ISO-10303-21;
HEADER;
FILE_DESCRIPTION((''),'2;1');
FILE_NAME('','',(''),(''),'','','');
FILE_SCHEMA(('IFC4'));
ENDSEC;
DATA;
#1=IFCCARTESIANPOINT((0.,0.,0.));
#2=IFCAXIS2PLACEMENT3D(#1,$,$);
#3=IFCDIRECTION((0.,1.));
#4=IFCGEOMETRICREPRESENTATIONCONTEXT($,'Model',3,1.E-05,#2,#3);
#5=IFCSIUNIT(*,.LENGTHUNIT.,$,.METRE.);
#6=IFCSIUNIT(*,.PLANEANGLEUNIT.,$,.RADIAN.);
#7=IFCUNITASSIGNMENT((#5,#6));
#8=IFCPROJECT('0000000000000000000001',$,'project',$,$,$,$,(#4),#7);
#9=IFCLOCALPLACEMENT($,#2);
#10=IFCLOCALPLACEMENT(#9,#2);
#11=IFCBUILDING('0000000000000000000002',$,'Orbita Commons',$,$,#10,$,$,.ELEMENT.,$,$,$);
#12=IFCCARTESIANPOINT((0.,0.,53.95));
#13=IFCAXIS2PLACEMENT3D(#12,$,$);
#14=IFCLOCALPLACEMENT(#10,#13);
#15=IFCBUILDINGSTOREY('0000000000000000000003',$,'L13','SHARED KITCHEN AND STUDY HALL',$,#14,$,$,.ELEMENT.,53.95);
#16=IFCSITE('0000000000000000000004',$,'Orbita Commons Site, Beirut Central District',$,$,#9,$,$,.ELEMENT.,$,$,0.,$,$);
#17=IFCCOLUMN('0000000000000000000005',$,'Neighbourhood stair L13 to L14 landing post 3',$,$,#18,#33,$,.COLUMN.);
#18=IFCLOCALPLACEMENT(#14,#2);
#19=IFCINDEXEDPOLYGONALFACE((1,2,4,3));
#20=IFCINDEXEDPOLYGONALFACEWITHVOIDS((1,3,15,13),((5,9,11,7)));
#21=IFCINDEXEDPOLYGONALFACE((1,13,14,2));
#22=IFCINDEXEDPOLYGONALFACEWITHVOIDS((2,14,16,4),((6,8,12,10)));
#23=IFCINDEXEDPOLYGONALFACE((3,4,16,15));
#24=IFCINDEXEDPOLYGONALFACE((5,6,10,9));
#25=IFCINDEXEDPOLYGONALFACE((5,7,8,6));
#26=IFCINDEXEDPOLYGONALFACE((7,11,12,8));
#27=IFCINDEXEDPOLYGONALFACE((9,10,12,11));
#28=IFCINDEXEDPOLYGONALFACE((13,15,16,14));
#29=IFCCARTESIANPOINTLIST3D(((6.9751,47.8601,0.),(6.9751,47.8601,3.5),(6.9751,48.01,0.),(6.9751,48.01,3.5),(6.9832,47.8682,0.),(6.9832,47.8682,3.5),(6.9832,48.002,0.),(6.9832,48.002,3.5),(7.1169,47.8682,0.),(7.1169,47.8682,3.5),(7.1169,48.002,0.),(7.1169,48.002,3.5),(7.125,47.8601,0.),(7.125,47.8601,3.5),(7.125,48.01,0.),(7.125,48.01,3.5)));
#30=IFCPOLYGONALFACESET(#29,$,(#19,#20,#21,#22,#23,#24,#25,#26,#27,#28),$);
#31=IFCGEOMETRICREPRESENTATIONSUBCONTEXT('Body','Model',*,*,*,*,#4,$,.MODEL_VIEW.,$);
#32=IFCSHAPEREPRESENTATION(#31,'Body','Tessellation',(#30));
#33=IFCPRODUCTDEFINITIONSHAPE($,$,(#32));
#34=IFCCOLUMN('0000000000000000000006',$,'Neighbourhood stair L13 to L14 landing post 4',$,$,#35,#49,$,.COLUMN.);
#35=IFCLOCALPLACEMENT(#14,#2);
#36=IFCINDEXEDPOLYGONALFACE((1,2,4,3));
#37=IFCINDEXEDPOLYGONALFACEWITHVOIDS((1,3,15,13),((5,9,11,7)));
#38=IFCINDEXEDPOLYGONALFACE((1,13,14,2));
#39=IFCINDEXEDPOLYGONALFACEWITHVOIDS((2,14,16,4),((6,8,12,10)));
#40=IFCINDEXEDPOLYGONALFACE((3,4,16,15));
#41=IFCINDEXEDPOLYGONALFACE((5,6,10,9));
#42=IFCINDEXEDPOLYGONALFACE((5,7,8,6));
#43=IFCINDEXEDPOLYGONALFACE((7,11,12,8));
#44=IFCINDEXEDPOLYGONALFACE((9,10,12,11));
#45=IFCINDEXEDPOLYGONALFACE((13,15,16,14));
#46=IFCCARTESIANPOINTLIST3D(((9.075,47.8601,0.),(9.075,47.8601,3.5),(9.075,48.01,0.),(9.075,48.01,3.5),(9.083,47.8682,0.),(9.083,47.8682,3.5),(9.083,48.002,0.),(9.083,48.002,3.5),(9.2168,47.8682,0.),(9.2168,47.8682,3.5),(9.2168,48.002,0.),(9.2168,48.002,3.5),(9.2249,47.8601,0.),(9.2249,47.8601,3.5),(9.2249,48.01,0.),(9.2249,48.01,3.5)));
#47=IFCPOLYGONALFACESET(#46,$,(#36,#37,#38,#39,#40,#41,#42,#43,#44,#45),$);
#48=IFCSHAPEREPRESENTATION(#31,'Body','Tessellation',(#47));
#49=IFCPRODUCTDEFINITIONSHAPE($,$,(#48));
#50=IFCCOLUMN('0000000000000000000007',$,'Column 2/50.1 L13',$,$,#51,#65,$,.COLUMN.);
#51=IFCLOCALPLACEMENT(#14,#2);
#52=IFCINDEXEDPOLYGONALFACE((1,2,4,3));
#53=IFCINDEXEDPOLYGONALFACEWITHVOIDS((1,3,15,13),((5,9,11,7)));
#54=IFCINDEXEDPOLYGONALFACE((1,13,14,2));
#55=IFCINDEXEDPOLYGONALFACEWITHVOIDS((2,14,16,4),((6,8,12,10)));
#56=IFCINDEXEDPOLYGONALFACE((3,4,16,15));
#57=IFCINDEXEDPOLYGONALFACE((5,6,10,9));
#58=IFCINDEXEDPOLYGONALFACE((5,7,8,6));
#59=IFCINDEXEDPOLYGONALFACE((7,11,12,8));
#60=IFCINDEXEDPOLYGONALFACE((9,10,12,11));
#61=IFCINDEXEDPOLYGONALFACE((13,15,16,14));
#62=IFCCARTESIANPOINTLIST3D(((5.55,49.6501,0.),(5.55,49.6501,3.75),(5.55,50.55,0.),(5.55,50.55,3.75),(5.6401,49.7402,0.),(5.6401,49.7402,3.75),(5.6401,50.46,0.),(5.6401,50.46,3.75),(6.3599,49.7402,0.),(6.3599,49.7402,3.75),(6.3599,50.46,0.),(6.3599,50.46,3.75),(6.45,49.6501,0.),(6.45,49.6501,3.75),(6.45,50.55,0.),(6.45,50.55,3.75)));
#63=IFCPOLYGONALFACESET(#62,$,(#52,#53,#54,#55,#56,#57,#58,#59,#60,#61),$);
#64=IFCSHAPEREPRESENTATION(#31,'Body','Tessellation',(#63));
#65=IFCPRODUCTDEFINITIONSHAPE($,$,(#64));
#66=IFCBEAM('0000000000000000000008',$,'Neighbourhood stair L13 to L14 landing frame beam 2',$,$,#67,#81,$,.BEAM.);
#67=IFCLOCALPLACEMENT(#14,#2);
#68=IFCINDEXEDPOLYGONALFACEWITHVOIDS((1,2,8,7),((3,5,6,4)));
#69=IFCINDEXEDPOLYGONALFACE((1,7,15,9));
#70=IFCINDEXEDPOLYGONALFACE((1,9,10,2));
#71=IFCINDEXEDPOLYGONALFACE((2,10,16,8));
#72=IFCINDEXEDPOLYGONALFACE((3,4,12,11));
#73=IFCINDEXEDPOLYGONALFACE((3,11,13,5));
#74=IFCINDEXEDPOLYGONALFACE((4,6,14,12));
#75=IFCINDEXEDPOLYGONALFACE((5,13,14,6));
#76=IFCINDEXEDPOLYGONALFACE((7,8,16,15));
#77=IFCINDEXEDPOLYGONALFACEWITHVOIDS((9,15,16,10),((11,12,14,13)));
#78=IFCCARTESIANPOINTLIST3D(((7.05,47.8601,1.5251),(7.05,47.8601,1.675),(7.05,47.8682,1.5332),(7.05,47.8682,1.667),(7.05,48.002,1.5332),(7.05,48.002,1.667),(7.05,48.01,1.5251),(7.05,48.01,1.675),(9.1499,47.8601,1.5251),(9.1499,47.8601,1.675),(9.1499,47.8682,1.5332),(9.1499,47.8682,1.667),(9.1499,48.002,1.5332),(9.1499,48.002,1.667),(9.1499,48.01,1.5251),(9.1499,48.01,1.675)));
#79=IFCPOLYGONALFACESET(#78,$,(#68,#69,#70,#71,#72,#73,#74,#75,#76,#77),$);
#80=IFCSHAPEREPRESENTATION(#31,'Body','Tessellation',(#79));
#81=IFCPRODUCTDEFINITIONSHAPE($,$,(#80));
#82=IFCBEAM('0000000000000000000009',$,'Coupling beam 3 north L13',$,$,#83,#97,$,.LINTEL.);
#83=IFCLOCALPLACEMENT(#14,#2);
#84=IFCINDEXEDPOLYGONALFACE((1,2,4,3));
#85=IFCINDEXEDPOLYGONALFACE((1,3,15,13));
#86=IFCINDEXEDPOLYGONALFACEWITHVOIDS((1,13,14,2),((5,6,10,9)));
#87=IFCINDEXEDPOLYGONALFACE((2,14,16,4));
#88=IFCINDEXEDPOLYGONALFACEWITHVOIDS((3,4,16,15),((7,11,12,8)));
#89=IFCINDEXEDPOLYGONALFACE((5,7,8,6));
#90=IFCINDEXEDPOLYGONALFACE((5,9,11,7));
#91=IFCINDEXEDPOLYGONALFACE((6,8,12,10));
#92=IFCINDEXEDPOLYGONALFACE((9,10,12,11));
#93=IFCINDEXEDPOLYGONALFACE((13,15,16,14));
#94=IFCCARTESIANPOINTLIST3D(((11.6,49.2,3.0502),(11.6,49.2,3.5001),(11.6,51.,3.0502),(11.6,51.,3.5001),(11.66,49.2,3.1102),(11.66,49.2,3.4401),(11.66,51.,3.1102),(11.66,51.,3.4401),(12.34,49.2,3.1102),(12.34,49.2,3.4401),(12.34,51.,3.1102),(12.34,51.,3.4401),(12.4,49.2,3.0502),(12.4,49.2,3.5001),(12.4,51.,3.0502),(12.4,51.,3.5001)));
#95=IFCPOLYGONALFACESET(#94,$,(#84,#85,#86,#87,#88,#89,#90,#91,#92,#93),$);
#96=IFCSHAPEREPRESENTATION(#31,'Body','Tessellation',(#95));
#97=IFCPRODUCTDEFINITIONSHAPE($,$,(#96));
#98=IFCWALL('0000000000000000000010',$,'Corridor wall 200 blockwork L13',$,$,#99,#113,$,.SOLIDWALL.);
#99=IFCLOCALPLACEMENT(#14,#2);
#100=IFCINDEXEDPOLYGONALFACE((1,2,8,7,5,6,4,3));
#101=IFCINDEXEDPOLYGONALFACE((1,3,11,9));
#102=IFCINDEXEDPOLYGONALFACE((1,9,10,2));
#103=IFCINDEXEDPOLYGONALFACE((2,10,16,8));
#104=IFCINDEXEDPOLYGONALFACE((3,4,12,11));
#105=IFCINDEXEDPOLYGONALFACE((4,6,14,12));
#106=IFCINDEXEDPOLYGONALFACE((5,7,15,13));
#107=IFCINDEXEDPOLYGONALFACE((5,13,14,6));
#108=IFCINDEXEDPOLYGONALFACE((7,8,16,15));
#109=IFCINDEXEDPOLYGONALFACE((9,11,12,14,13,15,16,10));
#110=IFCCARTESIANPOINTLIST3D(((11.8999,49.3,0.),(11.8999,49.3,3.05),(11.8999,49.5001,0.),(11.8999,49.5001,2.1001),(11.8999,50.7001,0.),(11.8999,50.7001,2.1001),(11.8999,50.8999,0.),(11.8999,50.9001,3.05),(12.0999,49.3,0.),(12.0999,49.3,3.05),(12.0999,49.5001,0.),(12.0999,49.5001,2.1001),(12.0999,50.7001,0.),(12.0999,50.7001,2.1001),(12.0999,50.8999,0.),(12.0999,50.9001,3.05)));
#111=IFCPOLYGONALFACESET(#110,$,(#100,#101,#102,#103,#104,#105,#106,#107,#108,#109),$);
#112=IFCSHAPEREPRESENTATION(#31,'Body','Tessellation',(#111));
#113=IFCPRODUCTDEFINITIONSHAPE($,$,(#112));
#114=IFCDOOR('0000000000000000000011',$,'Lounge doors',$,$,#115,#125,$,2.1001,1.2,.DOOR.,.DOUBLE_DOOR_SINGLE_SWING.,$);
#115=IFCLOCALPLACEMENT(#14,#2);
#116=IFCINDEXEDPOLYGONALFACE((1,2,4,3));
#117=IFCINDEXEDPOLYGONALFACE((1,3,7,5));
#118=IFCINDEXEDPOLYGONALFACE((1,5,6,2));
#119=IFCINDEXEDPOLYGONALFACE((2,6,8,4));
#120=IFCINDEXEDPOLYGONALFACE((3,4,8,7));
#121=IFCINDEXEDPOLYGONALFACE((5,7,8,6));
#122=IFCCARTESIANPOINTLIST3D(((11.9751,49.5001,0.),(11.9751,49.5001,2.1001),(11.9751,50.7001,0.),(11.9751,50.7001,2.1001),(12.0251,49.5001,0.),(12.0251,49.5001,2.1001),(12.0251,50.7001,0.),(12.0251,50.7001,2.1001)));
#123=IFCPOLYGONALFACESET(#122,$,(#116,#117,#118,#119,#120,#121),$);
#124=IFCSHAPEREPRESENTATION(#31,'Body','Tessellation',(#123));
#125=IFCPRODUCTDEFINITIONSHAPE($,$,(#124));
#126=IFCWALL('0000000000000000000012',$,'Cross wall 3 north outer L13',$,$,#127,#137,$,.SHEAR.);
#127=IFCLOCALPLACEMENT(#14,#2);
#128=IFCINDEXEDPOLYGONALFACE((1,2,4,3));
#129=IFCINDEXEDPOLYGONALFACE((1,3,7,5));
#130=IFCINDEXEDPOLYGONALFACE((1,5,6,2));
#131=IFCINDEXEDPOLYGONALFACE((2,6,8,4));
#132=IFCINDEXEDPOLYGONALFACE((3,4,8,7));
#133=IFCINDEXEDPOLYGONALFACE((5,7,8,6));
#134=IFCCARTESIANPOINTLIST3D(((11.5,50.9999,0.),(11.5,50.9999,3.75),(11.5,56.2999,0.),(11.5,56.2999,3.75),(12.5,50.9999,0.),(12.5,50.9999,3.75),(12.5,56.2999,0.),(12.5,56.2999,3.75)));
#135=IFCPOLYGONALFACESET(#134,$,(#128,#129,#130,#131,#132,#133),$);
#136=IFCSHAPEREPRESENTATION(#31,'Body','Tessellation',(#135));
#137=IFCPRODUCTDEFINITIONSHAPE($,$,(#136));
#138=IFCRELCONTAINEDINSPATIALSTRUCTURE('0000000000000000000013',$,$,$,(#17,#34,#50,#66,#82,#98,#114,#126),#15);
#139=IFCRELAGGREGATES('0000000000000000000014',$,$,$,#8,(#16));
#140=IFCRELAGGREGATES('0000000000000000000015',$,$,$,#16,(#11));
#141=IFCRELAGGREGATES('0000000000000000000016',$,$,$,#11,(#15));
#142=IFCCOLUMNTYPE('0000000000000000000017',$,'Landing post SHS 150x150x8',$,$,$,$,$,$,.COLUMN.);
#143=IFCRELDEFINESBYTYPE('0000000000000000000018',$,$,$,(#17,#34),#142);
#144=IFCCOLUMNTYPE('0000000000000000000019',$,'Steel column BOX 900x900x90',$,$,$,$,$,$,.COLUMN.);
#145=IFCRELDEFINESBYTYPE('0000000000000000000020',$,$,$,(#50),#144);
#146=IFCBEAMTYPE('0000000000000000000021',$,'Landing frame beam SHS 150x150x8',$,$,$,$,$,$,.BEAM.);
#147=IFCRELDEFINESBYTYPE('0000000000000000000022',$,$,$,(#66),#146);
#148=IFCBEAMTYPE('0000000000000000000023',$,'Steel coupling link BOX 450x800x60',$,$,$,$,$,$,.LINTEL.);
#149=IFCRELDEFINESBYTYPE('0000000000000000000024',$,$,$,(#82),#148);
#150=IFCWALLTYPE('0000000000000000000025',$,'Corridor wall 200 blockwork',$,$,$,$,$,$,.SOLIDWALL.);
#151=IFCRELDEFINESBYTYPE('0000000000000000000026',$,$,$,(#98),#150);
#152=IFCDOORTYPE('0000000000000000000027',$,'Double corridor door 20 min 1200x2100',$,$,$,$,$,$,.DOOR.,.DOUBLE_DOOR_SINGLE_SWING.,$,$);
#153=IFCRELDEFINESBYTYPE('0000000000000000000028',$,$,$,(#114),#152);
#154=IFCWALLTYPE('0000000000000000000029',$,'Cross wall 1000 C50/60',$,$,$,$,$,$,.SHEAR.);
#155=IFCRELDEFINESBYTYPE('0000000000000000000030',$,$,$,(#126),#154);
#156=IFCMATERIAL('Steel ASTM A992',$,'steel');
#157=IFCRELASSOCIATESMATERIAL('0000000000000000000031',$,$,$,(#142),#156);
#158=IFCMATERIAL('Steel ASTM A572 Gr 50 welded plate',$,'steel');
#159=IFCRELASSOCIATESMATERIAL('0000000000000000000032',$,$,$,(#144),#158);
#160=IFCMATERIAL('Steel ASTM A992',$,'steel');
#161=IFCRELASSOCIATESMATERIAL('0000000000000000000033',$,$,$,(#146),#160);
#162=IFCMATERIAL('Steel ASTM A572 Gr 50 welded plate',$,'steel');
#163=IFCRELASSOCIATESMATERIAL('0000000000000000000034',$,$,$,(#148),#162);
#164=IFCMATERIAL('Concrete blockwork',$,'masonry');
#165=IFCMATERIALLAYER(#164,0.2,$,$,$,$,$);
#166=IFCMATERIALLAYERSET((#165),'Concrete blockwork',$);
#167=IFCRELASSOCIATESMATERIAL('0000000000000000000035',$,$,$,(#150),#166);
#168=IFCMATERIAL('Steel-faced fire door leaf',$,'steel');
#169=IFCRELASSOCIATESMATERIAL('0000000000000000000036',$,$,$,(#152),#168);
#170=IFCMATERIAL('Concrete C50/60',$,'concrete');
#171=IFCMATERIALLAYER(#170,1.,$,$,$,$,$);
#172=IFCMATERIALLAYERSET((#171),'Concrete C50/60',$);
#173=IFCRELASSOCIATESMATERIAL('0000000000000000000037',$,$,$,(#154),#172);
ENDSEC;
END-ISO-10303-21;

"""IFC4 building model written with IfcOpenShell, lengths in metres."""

from ifc_helpers import new_model, si_unit, direction, frame, frame_2d, origin, origin_2d, place, context, subcontext, project, spatial, polyline, rectangle, hollow_rectangle, outline, extrude, material, layer, layer_set, material_profile, profile_set, type_object, element, fill, save


model = new_model("IFC4")

# Units and contexts
model_context = context("Model", 3, precision=1e-05, world=origin(), true_north=direction((0.0, 1.0)))
body_context = subcontext(model_context, "Body", "Model", "MODEL_VIEW")
ifc_project = project(units=[si_unit("LENGTHUNIT", "METRE"), si_unit("PLANEANGLEUNIT", "RADIAN")], contexts=[model_context])

# Site, building, storey
site_placement = place(None, origin())
site = spatial("IfcSite", under=ifc_project, at=site_placement, Name="Orbita Commons Site, Beirut Central District", CompositionType="ELEMENT", RefElevation=0.0)
building_placement = place(site_placement, origin())
building = spatial("IfcBuilding", under=site, at=building_placement, Name="Orbita Commons", CompositionType="ELEMENT")
storey_placement = place(building_placement, frame((0.0, 0.0, 53.95)))
storey = spatial("IfcBuildingStorey", under=building, at=storey_placement, Name="L13", Description="SHARED KITCHEN AND STUDY HALL", CompositionType="ELEMENT", Elevation=53.95)

# Columns
ifc_material_1 = material(Name="Steel ASTM A992", Category="steel")
ifc_material_profile_1 = material_profile(ifc_material_1, hollow_rectangle(XDim=0.1499, YDim=0.1499, WallThickness=0.0081, at=origin_2d()), Name="SHS 150x150x8")
ifc_profile_set_1 = profile_set([ifc_material_profile_1], Name="Steel ASTM A992")
column_type_1 = type_object("IfcColumnType", Name="Landing post SHS 150x150x8", PredefinedType="COLUMN", material=ifc_profile_set_1)
for number, where, z_axis, x_axis, name in (
    (1, (7.05, 47.9351, 0.0), (0.0, 0.0, 1.0), (1.0, 0.0, 0.0), "Neighbourhood stair L13 to L14 landing post 3"),
    (2, (9.1499, 47.9351, 0.0), (0.0, 0.0, 1.0), (1.0, 0.0, 0.0), "Neighbourhood stair L13 to L14 landing post 4"),
):
    element("IfcColumn", number, at=place(storey_placement, frame(where, z_axis=z_axis, x_axis=x_axis)), inside=storey, type_object=column_type_1, Name=name, PredefinedType="COLUMN", context=body_context, shape_type="SweptSolid", body=[
        extrude(hollow_rectangle(XDim=0.1499, YDim=0.1499, WallThickness=0.0081, at=origin_2d()), origin(), (0.0, 0.0, 1.0), 3.5),
    ])
ifc_material_2 = material(Name="Steel ASTM A572 Gr 50 welded plate", Category="steel")
ifc_material_profile_2 = material_profile(ifc_material_2, hollow_rectangle(XDim=0.8999, YDim=0.8999, WallThickness=0.0901, at=origin_2d()), Name="BOX 900x900x90")
ifc_profile_set_2 = profile_set([ifc_material_profile_2], Name="Steel ASTM A572 Gr 50 welded plate")
column_type_2 = type_object("IfcColumnType", Name="Steel column BOX 900x900x90", PredefinedType="COLUMN", material=ifc_profile_set_2)
column_placement = place(storey_placement, frame((6.0, 50.1001, 0.0), z_axis=(0.0, 0.0, 1.0), x_axis=(1.0, 0.0, 0.0)))
element("IfcColumn", 3, at=column_placement, inside=storey, type_object=column_type_2, Name="Column 2/50.1 L13", PredefinedType="COLUMN", context=body_context, shape_type="SweptSolid", body=[
    extrude(hollow_rectangle(XDim=0.8999, YDim=0.8999, WallThickness=0.0901, at=origin_2d()), origin(), (0.0, 0.0, 1.0), 3.75),
])

# Beams
ifc_material_3 = material(Name="Steel ASTM A992", Category="steel")
ifc_material_profile_3 = material_profile(ifc_material_3, hollow_rectangle(XDim=0.1499, YDim=0.1499, WallThickness=0.0081, at=origin_2d()), Name="SHS 150x150x8")
ifc_profile_set_3 = profile_set([ifc_material_profile_3], Name="Steel ASTM A992")
beam_type_1 = type_object("IfcBeamType", Name="Landing frame beam SHS 150x150x8", PredefinedType="BEAM", material=ifc_profile_set_3)
beam_1_placement = place(storey_placement, frame((7.05, 47.9351, 1.6001), z_axis=(1.0, 0.0, 0.0), x_axis=(0.0, 1.0, 0.0)))
element("IfcBeam", 4, at=beam_1_placement, inside=storey, type_object=beam_type_1, Name="Neighbourhood stair L13 to L14 landing frame beam 2", PredefinedType="BEAM", context=body_context, shape_type="SweptSolid", body=[
    extrude(hollow_rectangle(XDim=0.1499, YDim=0.1499, WallThickness=0.0081, at=origin_2d()), origin(), (0.0, 0.0, 1.0), 2.0999),
])
ifc_material_4 = material(Name="Steel ASTM A572 Gr 50 welded plate", Category="steel")
ifc_material_profile_4 = material_profile(ifc_material_4, hollow_rectangle(XDim=0.8, YDim=0.45, WallThickness=0.0601, at=origin_2d()), Name="BOX 450x800x60")
ifc_profile_set_4 = profile_set([ifc_material_profile_4], Name="Steel ASTM A572 Gr 50 welded plate")
beam_type_2 = type_object("IfcBeamType", Name="Steel coupling link BOX 450x800x60", PredefinedType="LINTEL", material=ifc_profile_set_4)
beam_2_placement = place(storey_placement, frame((12.0, 49.2, 3.2751), z_axis=(0.0, 1.0, 0.0), x_axis=(-1.0, 0.0, 0.0)))
element("IfcBeam", 5, at=beam_2_placement, inside=storey, type_object=beam_type_2, Name="Coupling beam 3 north L13", PredefinedType="LINTEL", context=body_context, shape_type="SweptSolid", body=[
    extrude(hollow_rectangle(XDim=0.8, YDim=0.45, WallThickness=0.0601, at=origin_2d()), origin(), (0.0, 0.0, 1.0), 1.8),
])

# Wall, opening, door
ifc_material_5 = material(Name="Concrete blockwork", Category="masonry")
ifc_layer_1 = layer(ifc_material_5, 0.2)
ifc_layer_set_1 = layer_set([ifc_layer_1], Name="Concrete blockwork")
wall_type_1 = type_object("IfcWallType", Name="Corridor wall 200 blockwork", PredefinedType="SOLIDWALL", material=ifc_layer_set_1)
wall_1_placement = place(storey_placement, frame((12.0, 49.3, 0.0), z_axis=(0.0, 0.0, 1.0), x_axis=(0.0, 1.0, 0.0)))
wall_1 = element("IfcWall", 6, at=wall_1_placement, inside=storey, type_object=wall_type_1, Name="Corridor wall 200 blockwork L13", PredefinedType="SOLIDWALL", context=body_context, shape_type="SweptSolid", body=[
    extrude(outline(polyline([(0.0, 0.0), (1.5999, 0.0), (1.6001, 3.05), (0.0, 3.05), (0.0, 0.0)])), frame((0.0, 0.1001, 0.0), z_axis=(0.0, -1.0, 0.0), x_axis=(1.0, 0.0, 0.0)), (0.0, 0.0, 1.0), 0.2),
])
opening_1_placement = place(wall_1_placement, frame((0.2, 0.0, 0.0)))
opening_1 = element("IfcOpeningElement", 7, at=opening_1_placement, cuts=wall_1, PredefinedType="OPENING", context=body_context, shape_type="SweptSolid", body=[
    extrude(rectangle(XDim=1.2, YDim=2.1001, at=frame_2d((0.6001, 1.05))), frame((0.0, 0.1099, 0.0), z_axis=(0.0, -1.0, 0.0), x_axis=(1.0, 0.0, 0.0)), (0.0, 0.0, 1.0), 0.22),
])
ifc_material_6 = material(Name="Steel-faced fire door leaf", Category="steel")
door_type = type_object("IfcDoorType", Name="Double corridor door 20 min 1200x2100", OperationType="DOUBLE_DOOR_SINGLE_SWING", PredefinedType="DOOR", material=ifc_material_6)
door_placement = place(opening_1_placement, origin())
door = element("IfcDoor", 8, at=door_placement, inside=storey, type_object=door_type, Name="Lounge doors", OperationType="DOUBLE_DOOR_SINGLE_SWING", OverallHeight=2.1001, OverallWidth=1.2, PredefinedType="DOOR", context=body_context, shape_type="SweptSolid", body=[
    extrude(rectangle(XDim=1.2, YDim=2.1001, at=frame_2d((0.6001, 1.05))), frame((0.0, 0.0249, 0.0), z_axis=(0.0, -1.0, 0.0), x_axis=(1.0, 0.0, 0.0)), (0.0, 0.0, 1.0), 0.05),
])
fill(opening_1, door)

# Wall
ifc_material_7 = material(Name="Concrete C50/60", Category="concrete")
ifc_layer_2 = layer(ifc_material_7, 1.0)
ifc_layer_set_2 = layer_set([ifc_layer_2], Name="Concrete C50/60")
wall_type_2 = type_object("IfcWallType", Name="Cross wall 1000 C50/60", PredefinedType="SHEAR", material=ifc_layer_set_2)
wall_2_placement = place(storey_placement, frame((12.0, 51.0, 0.0), z_axis=(0.0, 0.0, 1.0), x_axis=(0.0, 1.0, 0.0)))
element("IfcWall", 9, at=wall_2_placement, inside=storey, type_object=wall_type_2, Name="Cross wall 3 north outer L13", PredefinedType="SHEAR", context=body_context, shape_type="SweptSolid", body=[
    extrude(rectangle(XDim=5.3, YDim=1.0, at=frame_2d((2.6499, 0.0))), origin(), (0.0, 0.0, 1.0), 3.75),
])

save(model, "model.ifc")
